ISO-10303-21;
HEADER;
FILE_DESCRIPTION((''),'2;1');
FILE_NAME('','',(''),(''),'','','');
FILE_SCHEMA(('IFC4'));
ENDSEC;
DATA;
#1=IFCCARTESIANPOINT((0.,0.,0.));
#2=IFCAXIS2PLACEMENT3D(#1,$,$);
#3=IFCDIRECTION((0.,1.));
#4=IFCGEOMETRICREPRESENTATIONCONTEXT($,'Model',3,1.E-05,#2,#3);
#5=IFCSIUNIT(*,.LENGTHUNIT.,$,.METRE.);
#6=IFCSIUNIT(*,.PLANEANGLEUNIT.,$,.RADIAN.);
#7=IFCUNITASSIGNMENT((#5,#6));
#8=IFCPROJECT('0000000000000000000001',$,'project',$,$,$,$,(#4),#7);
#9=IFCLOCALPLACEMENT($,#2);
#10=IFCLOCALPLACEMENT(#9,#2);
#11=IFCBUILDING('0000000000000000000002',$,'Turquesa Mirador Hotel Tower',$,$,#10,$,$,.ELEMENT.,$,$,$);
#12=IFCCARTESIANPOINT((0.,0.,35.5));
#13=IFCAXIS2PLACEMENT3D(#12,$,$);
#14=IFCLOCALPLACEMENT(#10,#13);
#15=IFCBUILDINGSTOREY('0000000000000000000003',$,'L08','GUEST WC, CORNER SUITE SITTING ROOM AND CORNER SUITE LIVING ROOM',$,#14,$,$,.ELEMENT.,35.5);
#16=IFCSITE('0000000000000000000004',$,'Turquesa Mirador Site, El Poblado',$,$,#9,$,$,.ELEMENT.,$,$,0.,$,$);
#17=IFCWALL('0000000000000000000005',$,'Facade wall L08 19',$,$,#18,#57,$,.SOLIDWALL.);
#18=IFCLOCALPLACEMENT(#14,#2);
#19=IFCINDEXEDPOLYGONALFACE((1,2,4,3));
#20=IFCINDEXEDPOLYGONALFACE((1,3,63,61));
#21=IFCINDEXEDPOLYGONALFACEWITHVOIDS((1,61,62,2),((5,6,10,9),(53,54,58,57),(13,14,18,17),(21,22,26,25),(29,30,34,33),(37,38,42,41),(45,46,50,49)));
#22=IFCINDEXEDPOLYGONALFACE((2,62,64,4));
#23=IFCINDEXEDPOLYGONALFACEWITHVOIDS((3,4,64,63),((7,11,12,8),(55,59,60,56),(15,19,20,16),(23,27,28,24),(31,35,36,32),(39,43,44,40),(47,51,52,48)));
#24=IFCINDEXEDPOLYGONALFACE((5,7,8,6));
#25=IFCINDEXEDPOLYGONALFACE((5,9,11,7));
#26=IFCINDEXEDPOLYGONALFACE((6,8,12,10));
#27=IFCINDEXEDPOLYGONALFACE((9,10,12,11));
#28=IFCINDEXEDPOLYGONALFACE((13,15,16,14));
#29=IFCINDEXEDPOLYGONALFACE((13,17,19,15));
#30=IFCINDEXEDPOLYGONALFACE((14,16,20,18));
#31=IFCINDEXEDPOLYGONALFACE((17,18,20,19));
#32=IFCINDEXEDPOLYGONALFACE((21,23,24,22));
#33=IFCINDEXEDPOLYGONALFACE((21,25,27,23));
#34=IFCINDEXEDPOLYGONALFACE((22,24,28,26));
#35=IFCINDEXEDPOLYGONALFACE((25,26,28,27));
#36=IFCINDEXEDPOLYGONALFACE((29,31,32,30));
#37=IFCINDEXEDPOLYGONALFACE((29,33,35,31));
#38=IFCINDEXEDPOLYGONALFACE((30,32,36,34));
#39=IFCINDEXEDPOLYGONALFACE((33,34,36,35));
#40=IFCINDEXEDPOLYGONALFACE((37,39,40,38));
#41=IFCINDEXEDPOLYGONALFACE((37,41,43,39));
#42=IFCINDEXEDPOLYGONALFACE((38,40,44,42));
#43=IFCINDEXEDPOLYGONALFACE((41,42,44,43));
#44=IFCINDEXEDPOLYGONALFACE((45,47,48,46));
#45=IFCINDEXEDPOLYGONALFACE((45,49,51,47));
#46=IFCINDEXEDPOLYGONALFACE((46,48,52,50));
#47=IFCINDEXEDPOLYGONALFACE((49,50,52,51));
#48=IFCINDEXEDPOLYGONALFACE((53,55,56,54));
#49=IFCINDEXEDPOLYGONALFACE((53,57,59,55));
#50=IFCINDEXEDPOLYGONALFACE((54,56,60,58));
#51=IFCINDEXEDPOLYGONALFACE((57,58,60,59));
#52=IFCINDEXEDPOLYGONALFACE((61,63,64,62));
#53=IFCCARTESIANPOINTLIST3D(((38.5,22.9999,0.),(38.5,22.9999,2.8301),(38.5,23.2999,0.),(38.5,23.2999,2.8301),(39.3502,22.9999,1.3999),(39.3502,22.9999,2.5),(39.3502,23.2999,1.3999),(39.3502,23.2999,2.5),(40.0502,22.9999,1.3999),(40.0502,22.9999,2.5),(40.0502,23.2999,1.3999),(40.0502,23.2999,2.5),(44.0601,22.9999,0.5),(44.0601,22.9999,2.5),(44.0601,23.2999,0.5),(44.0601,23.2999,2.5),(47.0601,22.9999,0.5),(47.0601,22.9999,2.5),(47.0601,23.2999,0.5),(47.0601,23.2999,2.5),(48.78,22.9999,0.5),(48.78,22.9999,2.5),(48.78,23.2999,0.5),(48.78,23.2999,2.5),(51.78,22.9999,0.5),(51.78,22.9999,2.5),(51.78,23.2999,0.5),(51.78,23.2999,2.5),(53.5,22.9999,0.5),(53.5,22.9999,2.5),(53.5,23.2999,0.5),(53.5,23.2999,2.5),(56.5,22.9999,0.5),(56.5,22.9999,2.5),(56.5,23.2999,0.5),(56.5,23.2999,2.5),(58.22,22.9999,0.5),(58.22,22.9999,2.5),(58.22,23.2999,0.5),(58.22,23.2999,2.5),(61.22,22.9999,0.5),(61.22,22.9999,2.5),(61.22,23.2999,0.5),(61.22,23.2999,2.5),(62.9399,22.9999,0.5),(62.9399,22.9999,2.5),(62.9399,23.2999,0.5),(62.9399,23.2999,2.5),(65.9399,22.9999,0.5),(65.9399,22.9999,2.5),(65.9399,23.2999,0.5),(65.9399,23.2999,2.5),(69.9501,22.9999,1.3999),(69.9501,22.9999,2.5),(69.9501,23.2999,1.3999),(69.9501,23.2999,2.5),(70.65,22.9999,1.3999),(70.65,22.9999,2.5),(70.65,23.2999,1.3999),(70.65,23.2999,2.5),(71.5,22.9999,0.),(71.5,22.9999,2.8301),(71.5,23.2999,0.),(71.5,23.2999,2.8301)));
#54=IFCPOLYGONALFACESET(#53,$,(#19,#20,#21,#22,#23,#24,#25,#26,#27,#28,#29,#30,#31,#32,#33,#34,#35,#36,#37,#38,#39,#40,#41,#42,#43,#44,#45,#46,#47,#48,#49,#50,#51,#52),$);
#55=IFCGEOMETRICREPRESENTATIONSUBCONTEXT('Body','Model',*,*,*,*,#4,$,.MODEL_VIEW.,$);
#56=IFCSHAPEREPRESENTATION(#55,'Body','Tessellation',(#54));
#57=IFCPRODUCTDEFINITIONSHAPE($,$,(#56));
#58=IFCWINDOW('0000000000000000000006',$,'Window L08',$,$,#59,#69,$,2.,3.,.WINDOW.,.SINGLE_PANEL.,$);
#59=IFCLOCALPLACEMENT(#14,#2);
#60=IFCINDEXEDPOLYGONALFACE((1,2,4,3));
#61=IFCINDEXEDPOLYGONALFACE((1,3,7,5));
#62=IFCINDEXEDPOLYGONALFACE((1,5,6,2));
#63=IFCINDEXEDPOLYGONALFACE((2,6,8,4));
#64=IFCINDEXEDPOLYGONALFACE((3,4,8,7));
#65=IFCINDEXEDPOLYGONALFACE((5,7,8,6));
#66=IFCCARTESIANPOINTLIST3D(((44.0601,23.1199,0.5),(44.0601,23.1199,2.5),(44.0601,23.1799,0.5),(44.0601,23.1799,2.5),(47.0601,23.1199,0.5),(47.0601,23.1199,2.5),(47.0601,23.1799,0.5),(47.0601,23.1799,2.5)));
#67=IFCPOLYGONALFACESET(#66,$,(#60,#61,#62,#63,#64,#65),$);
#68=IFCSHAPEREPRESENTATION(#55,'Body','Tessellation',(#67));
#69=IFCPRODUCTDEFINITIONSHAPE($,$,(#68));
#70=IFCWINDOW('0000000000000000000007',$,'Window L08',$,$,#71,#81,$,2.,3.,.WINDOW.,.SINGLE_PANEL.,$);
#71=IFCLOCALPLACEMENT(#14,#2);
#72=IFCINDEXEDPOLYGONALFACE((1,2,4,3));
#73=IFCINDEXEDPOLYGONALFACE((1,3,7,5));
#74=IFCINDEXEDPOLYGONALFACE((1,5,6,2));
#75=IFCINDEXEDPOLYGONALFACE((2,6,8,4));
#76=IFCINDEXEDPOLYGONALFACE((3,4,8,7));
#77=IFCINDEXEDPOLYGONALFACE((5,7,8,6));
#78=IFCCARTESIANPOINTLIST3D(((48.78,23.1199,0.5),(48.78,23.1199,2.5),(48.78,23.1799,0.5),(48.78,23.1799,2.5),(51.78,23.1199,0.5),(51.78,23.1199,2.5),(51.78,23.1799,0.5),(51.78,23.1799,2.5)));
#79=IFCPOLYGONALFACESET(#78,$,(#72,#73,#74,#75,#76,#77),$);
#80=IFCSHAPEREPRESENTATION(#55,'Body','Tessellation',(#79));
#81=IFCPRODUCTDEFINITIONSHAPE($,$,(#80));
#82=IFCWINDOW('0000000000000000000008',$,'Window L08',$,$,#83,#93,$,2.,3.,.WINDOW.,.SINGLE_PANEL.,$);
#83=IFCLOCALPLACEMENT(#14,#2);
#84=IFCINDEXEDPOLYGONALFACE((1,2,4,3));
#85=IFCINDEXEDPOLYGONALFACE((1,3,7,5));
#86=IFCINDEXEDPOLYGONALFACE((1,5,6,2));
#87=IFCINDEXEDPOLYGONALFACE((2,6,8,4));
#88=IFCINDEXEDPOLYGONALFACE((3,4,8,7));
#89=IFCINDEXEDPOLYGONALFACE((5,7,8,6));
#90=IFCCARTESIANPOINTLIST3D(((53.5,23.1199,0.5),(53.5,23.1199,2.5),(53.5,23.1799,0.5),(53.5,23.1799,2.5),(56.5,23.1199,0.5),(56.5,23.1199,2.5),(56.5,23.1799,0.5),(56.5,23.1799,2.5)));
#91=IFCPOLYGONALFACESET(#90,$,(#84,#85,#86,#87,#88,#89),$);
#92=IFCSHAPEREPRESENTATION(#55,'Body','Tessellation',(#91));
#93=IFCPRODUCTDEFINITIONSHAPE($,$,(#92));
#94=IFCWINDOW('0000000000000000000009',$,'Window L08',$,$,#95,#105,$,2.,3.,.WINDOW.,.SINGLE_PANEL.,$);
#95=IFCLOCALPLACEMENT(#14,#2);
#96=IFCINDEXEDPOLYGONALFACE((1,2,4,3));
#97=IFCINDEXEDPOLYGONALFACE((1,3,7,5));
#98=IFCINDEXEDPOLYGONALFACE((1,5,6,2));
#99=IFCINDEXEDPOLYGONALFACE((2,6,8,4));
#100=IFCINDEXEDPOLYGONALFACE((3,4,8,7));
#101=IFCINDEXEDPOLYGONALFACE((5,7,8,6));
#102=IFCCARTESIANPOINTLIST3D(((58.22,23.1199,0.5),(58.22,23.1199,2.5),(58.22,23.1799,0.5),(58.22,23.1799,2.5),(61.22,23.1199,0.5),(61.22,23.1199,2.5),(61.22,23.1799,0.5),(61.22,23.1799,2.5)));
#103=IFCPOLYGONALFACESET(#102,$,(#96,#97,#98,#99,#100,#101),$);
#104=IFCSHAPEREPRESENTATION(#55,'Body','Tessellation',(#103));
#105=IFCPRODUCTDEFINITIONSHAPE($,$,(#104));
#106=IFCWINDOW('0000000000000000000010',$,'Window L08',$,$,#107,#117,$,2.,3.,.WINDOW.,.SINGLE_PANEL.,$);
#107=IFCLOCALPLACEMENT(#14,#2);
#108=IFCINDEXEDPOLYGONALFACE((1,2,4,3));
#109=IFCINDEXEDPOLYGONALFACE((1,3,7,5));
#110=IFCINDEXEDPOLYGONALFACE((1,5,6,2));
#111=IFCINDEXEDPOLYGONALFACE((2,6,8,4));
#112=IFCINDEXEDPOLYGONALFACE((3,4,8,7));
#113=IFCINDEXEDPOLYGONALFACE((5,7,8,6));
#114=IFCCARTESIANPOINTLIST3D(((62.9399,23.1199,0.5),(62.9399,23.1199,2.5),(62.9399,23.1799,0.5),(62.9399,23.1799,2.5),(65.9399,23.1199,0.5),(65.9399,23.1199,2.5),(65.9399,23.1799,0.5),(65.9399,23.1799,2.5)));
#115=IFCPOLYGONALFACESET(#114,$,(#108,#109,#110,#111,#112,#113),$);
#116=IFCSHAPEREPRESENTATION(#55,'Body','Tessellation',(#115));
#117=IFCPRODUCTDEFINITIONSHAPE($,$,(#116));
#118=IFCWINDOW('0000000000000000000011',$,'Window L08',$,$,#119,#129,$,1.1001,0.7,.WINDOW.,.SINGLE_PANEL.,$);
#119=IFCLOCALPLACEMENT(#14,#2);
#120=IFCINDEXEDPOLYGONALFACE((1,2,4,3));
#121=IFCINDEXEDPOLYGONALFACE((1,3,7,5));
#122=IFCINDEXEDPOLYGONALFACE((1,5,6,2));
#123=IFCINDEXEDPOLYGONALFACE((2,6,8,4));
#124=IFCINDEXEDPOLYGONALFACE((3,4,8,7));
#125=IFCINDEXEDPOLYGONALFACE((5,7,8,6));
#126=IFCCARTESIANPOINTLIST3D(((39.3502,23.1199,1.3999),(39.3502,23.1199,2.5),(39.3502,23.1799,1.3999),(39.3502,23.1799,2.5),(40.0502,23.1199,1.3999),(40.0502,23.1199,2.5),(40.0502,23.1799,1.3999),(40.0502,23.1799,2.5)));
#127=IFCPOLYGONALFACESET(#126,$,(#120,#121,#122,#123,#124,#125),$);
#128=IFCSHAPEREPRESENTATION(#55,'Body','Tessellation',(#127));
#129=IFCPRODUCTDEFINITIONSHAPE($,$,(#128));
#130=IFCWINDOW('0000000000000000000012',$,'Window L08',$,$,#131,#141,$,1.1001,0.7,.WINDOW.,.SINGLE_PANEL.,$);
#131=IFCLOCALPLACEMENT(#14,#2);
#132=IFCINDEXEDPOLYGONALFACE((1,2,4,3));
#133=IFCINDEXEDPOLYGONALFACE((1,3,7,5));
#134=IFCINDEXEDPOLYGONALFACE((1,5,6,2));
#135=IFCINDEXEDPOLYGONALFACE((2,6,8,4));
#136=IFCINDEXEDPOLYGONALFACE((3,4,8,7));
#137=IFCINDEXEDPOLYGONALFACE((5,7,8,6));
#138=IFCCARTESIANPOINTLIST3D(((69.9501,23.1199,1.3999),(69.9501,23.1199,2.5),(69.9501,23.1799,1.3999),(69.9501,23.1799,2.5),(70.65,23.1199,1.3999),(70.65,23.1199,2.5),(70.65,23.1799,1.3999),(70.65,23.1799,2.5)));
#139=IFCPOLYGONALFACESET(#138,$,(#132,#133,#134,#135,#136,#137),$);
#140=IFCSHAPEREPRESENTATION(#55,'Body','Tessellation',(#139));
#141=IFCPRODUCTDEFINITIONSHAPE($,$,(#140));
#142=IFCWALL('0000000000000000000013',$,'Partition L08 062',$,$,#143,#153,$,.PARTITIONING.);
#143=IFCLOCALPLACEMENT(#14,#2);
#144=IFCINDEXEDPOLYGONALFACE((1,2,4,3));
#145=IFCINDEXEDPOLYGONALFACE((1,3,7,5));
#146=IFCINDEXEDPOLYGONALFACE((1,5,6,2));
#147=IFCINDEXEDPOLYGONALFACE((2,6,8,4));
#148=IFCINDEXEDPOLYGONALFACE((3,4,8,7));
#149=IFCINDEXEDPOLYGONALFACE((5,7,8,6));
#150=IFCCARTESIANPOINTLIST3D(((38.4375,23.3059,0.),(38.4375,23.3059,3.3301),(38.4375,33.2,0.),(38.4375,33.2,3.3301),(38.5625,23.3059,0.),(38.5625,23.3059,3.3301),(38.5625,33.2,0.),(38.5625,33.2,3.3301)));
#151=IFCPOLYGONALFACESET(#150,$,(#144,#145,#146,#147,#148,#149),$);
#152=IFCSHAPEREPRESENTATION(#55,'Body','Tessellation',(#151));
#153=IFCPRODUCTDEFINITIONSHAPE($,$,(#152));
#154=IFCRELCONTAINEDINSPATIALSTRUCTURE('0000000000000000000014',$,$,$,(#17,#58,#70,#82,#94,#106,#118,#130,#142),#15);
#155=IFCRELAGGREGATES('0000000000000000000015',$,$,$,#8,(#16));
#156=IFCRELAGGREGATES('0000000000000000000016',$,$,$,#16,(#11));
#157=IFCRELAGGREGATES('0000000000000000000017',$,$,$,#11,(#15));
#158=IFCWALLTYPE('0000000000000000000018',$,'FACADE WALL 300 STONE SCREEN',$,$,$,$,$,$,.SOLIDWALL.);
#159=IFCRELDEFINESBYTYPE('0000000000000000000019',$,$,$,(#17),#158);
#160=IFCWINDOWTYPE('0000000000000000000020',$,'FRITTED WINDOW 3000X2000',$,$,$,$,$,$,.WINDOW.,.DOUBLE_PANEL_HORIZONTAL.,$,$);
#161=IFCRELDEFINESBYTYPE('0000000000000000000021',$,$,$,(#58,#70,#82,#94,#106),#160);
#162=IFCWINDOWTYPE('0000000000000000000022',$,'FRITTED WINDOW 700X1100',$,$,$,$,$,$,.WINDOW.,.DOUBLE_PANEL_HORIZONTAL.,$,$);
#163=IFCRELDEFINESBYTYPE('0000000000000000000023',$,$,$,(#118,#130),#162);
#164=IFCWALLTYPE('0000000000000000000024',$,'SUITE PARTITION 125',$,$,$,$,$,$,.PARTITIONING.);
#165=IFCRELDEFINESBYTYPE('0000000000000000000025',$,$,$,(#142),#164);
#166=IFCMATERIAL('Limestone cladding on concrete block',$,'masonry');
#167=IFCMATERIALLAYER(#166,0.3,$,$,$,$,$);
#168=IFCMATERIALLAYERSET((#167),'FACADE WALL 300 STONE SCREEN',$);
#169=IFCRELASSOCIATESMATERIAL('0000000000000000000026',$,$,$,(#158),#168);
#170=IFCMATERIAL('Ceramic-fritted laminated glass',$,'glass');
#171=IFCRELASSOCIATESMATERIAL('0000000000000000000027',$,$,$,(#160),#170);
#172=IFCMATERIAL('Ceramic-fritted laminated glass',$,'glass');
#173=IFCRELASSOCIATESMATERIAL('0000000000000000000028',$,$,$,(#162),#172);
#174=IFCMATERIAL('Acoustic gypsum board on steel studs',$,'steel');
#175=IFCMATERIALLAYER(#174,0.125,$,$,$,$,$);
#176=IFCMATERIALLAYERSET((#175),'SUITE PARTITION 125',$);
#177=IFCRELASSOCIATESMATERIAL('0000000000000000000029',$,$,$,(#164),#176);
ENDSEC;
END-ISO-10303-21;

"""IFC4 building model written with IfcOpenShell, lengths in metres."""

from ifc_helpers import new_model, si_unit, direction, frame, frame_2d, origin, place, context, subcontext, project, spatial, rectangle, extrude, material, layer, layer_set, type_object, element, fill, save


model = new_model("IFC4")

# Units and contexts
model_context = context("Model", 3, precision=1e-05, world=origin(), true_north=direction((0.0, 1.0)))
body_context = subcontext(model_context, "Body", "Model", "MODEL_VIEW")
ifc_project = project(units=[si_unit("LENGTHUNIT", "METRE"), si_unit("PLANEANGLEUNIT", "RADIAN")], contexts=[model_context])

# Site, building, storey
site_placement = place(None, origin())
site = spatial("IfcSite", under=ifc_project, at=site_placement, Name="Turquesa Mirador Site, El Poblado", CompositionType="ELEMENT", RefElevation=0.0)
building_placement = place(site_placement, origin())
building = spatial("IfcBuilding", under=site, at=building_placement, Name="Turquesa Mirador Hotel Tower", CompositionType="ELEMENT")
storey_placement = place(building_placement, frame((0.0, 0.0, 35.5)))
storey = spatial("IfcBuildingStorey", under=building, at=storey_placement, Name="L08", Description="GUEST WC, CORNER SUITE SITTING ROOM AND CORNER SUITE LIVING ROOM", CompositionType="ELEMENT", Elevation=35.5)

# Shared definitions
ifc_material_1 = material(Name="Limestone cladding on concrete block", Category="masonry")
ifc_layer_1 = layer(ifc_material_1, 0.3)
ifc_layer_set_1 = layer_set([ifc_layer_1], Name="FACADE WALL 300 STONE SCREEN")
wall_type_1 = type_object("IfcWallType", Name="FACADE WALL 300 STONE SCREEN", PredefinedType="SOLIDWALL", material=ifc_layer_set_1)

# Wall, openings, windows
wall_1_placement = place(storey_placement, frame((38.5, 23.1499, 0.0), z_axis=(0.0, 0.0, 1.0), x_axis=(1.0, 0.0, 0.0)))
wall_1 = element("IfcWall", 1, at=wall_1_placement, inside=storey, type_object=wall_type_1, Name="Facade wall L08 19", PredefinedType="SOLIDWALL", context=body_context, shape_type="SweptSolid", body=[
    extrude(rectangle(XDim=33.0, YDim=0.3, at=frame_2d((16.5, 0.0))), origin(), (0.0, 0.0, 1.0), 2.8301),
])
opening_1_placement = place(wall_1_placement, frame((0.8501, 0.0, 1.3999)))
opening_1 = element("IfcOpeningElement", 2, at=opening_1_placement, cuts=wall_1, PredefinedType="OPENING", context=body_context, shape_type="SweptSolid", body=[
    extrude(rectangle(XDim=0.7, YDim=1.1001, at=frame_2d((0.3501, 0.55))), frame((0.0, 0.1599, 0.0), z_axis=(0.0, -1.0, 0.0), x_axis=(1.0, 0.0, 0.0)), (0.0, 0.0, 1.0), 0.3201),
])
opening_2_placement = place(wall_1_placement, frame((5.5601, 0.0, 0.5)))
opening_2 = element("IfcOpeningElement", 3, at=opening_2_placement, cuts=wall_1, PredefinedType="OPENING", context=body_context, shape_type="SweptSolid", body=[
    extrude(rectangle(XDim=3.0, YDim=2.0, at=frame_2d((1.5, 1.0))), frame((0.0, 0.1599, 0.0), z_axis=(0.0, -1.0, 0.0), x_axis=(1.0, 0.0, 0.0)), (0.0, 0.0, 1.0), 0.3201),
])
opening_3_placement = place(wall_1_placement, frame((10.28, 0.0, 0.5)))
opening_3 = element("IfcOpeningElement", 4, at=opening_3_placement, cuts=wall_1, PredefinedType="OPENING", context=body_context, shape_type="SweptSolid", body=[
    extrude(rectangle(XDim=3.0, YDim=2.0, at=frame_2d((1.5, 1.0))), frame((0.0, 0.1599, 0.0), z_axis=(0.0, -1.0, 0.0), x_axis=(1.0, 0.0, 0.0)), (0.0, 0.0, 1.0), 0.3201),
])
opening_4_placement = place(wall_1_placement, frame((15.0, 0.0, 0.5)))
opening_4 = element("IfcOpeningElement", 5, at=opening_4_placement, cuts=wall_1, PredefinedType="OPENING", context=body_context, shape_type="SweptSolid", body=[
    extrude(rectangle(XDim=3.0, YDim=2.0, at=frame_2d((1.5, 1.0))), frame((0.0, 0.1599, 0.0), z_axis=(0.0, -1.0, 0.0), x_axis=(1.0, 0.0, 0.0)), (0.0, 0.0, 1.0), 0.3201),
])
opening_5_placement = place(wall_1_placement, frame((19.72, 0.0, 0.5)))
opening_5 = element("IfcOpeningElement", 6, at=opening_5_placement, cuts=wall_1, PredefinedType="OPENING", context=body_context, shape_type="SweptSolid", body=[
    extrude(rectangle(XDim=3.0, YDim=2.0, at=frame_2d((1.5, 1.0))), frame((0.0, 0.1599, 0.0), z_axis=(0.0, -1.0, 0.0), x_axis=(1.0, 0.0, 0.0)), (0.0, 0.0, 1.0), 0.3201),
])
opening_6_placement = place(wall_1_placement, frame((24.4399, 0.0, 0.5)))
opening_6 = element("IfcOpeningElement", 7, at=opening_6_placement, cuts=wall_1, PredefinedType="OPENING", context=body_context, shape_type="SweptSolid", body=[
    extrude(rectangle(XDim=3.0, YDim=2.0, at=frame_2d((1.5, 1.0))), frame((0.0, 0.1599, 0.0), z_axis=(0.0, -1.0, 0.0), x_axis=(1.0, 0.0, 0.0)), (0.0, 0.0, 1.0), 0.3201),
])
opening_7_placement = place(wall_1_placement, frame((31.45, 0.0, 1.3999)))
opening_7 = element("IfcOpeningElement", 8, at=opening_7_placement, cuts=wall_1, PredefinedType="OPENING", context=body_context, shape_type="SweptSolid", body=[
    extrude(rectangle(XDim=0.7, YDim=1.1001, at=frame_2d((0.3501, 0.55))), frame((0.0, 0.1599, 0.0), z_axis=(0.0, -1.0, 0.0), x_axis=(1.0, 0.0, 0.0)), (0.0, 0.0, 1.0), 0.3201),
])
ifc_material_2 = material(Name="Ceramic-fritted laminated glass", Category="glass")
window_type_1 = type_object("IfcWindowType", Name="FRITTED WINDOW 3000X2000", PartitioningType="DOUBLE_PANEL_HORIZONTAL", PredefinedType="WINDOW", material=ifc_material_2)
window_1_placement = place(opening_2_placement, origin())
window_1 = element("IfcWindow", 9, at=window_1_placement, inside=storey, type_object=window_type_1, Name="Window L08", OverallHeight=2.0, OverallWidth=3.0, PartitioningType="SINGLE_PANEL", PredefinedType="WINDOW", context=body_context, shape_type="SweptSolid", body=[
    extrude(rectangle(XDim=3.0, YDim=2.0, at=frame_2d((1.5, 1.0))), frame((0.0, 0.03, 0.0), z_axis=(0.0, -1.0, 0.0), x_axis=(1.0, 0.0, 0.0)), (0.0, 0.0, 1.0), 0.0601),
])
fill(opening_2, window_1)
window_2_placement = place(opening_3_placement, origin())
window_2 = element("IfcWindow", 10, at=window_2_placement, inside=storey, type_object=window_type_1, Name="Window L08", OverallHeight=2.0, OverallWidth=3.0, PartitioningType="SINGLE_PANEL", PredefinedType="WINDOW", context=body_context, shape_type="SweptSolid", body=[
    extrude(rectangle(XDim=3.0, YDim=2.0, at=frame_2d((1.5, 1.0))), frame((0.0, 0.03, 0.0), z_axis=(0.0, -1.0, 0.0), x_axis=(1.0, 0.0, 0.0)), (0.0, 0.0, 1.0), 0.0601),
])
fill(opening_3, window_2)
window_3_placement = place(opening_4_placement, origin())
window_3 = element("IfcWindow", 11, at=window_3_placement, inside=storey, type_object=window_type_1, Name="Window L08", OverallHeight=2.0, OverallWidth=3.0, PartitioningType="SINGLE_PANEL", PredefinedType="WINDOW", context=body_context, shape_type="SweptSolid", body=[
    extrude(rectangle(XDim=3.0, YDim=2.0, at=frame_2d((1.5, 1.0))), frame((0.0, 0.03, 0.0), z_axis=(0.0, -1.0, 0.0), x_axis=(1.0, 0.0, 0.0)), (0.0, 0.0, 1.0), 0.0601),
])
fill(opening_4, window_3)
window_4_placement = place(opening_5_placement, origin())
window_4 = element("IfcWindow", 12, at=window_4_placement, inside=storey, type_object=window_type_1, Name="Window L08", OverallHeight=2.0, OverallWidth=3.0, PartitioningType="SINGLE_PANEL", PredefinedType="WINDOW", context=body_context, shape_type="SweptSolid", body=[
    extrude(rectangle(XDim=3.0, YDim=2.0, at=frame_2d((1.5, 1.0))), frame((0.0, 0.03, 0.0), z_axis=(0.0, -1.0, 0.0), x_axis=(1.0, 0.0, 0.0)), (0.0, 0.0, 1.0), 0.0601),
])
fill(opening_5, window_4)
window_5_placement = place(opening_6_placement, origin())
window_5 = element("IfcWindow", 13, at=window_5_placement, inside=storey, type_object=window_type_1, Name="Window L08", OverallHeight=2.0, OverallWidth=3.0, PartitioningType="SINGLE_PANEL", PredefinedType="WINDOW", context=body_context, shape_type="SweptSolid", body=[
    extrude(rectangle(XDim=3.0, YDim=2.0, at=frame_2d((1.5, 1.0))), frame((0.0, 0.03, 0.0), z_axis=(0.0, -1.0, 0.0), x_axis=(1.0, 0.0, 0.0)), (0.0, 0.0, 1.0), 0.0601),
])
fill(opening_6, window_5)
ifc_material_3 = material(Name="Ceramic-fritted laminated glass", Category="glass")
window_type_2 = type_object("IfcWindowType", Name="FRITTED WINDOW 700X1100", PartitioningType="DOUBLE_PANEL_HORIZONTAL", PredefinedType="WINDOW", material=ifc_material_3)
window_6_placement = place(opening_1_placement, origin())
window_6 = element("IfcWindow", 14, at=window_6_placement, inside=storey, type_object=window_type_2, Name="Window L08", OverallHeight=1.1001, OverallWidth=0.7, PartitioningType="SINGLE_PANEL", PredefinedType="WINDOW", context=body_context, shape_type="SweptSolid", body=[
    extrude(rectangle(XDim=0.7, YDim=1.1001, at=frame_2d((0.3501, 0.55))), frame((0.0, 0.03, 0.0), z_axis=(0.0, -1.0, 0.0), x_axis=(1.0, 0.0, 0.0)), (0.0, 0.0, 1.0), 0.0601),
])
fill(opening_1, window_6)
window_7_placement = place(opening_7_placement, origin())
window_7 = element("IfcWindow", 15, at=window_7_placement, inside=storey, type_object=window_type_2, Name="Window L08", OverallHeight=1.1001, OverallWidth=0.7, PartitioningType="SINGLE_PANEL", PredefinedType="WINDOW", context=body_context, shape_type="SweptSolid", body=[
    extrude(rectangle(XDim=0.7, YDim=1.1001, at=frame_2d((0.3501, 0.55))), frame((0.0, 0.03, 0.0), z_axis=(0.0, -1.0, 0.0), x_axis=(1.0, 0.0, 0.0)), (0.0, 0.0, 1.0), 0.0601),
])
fill(opening_7, window_7)

# Wall
ifc_material_4 = material(Name="Acoustic gypsum board on steel studs", Category="steel")
ifc_layer_2 = layer(ifc_material_4, 0.125)
ifc_layer_set_2 = layer_set([ifc_layer_2], Name="SUITE PARTITION 125")
wall_type_2 = type_object("IfcWallType", Name="SUITE PARTITION 125", PredefinedType="PARTITIONING", material=ifc_layer_set_2)
wall_2_placement = place(storey_placement, frame((38.5, 23.3059, 0.0), z_axis=(0.0, 0.0, 1.0), x_axis=(0.0, 1.0, 0.0)))
element("IfcWall", 16, at=wall_2_placement, inside=storey, type_object=wall_type_2, Name="Partition L08 062", PredefinedType="PARTITIONING", context=body_context, shape_type="SweptSolid", body=[
    extrude(rectangle(XDim=9.894, YDim=0.125, at=frame_2d((4.947, 0.0))), origin(), (0.0, 0.0, 1.0), 3.3301),
])

save(model, "model.ifc")
